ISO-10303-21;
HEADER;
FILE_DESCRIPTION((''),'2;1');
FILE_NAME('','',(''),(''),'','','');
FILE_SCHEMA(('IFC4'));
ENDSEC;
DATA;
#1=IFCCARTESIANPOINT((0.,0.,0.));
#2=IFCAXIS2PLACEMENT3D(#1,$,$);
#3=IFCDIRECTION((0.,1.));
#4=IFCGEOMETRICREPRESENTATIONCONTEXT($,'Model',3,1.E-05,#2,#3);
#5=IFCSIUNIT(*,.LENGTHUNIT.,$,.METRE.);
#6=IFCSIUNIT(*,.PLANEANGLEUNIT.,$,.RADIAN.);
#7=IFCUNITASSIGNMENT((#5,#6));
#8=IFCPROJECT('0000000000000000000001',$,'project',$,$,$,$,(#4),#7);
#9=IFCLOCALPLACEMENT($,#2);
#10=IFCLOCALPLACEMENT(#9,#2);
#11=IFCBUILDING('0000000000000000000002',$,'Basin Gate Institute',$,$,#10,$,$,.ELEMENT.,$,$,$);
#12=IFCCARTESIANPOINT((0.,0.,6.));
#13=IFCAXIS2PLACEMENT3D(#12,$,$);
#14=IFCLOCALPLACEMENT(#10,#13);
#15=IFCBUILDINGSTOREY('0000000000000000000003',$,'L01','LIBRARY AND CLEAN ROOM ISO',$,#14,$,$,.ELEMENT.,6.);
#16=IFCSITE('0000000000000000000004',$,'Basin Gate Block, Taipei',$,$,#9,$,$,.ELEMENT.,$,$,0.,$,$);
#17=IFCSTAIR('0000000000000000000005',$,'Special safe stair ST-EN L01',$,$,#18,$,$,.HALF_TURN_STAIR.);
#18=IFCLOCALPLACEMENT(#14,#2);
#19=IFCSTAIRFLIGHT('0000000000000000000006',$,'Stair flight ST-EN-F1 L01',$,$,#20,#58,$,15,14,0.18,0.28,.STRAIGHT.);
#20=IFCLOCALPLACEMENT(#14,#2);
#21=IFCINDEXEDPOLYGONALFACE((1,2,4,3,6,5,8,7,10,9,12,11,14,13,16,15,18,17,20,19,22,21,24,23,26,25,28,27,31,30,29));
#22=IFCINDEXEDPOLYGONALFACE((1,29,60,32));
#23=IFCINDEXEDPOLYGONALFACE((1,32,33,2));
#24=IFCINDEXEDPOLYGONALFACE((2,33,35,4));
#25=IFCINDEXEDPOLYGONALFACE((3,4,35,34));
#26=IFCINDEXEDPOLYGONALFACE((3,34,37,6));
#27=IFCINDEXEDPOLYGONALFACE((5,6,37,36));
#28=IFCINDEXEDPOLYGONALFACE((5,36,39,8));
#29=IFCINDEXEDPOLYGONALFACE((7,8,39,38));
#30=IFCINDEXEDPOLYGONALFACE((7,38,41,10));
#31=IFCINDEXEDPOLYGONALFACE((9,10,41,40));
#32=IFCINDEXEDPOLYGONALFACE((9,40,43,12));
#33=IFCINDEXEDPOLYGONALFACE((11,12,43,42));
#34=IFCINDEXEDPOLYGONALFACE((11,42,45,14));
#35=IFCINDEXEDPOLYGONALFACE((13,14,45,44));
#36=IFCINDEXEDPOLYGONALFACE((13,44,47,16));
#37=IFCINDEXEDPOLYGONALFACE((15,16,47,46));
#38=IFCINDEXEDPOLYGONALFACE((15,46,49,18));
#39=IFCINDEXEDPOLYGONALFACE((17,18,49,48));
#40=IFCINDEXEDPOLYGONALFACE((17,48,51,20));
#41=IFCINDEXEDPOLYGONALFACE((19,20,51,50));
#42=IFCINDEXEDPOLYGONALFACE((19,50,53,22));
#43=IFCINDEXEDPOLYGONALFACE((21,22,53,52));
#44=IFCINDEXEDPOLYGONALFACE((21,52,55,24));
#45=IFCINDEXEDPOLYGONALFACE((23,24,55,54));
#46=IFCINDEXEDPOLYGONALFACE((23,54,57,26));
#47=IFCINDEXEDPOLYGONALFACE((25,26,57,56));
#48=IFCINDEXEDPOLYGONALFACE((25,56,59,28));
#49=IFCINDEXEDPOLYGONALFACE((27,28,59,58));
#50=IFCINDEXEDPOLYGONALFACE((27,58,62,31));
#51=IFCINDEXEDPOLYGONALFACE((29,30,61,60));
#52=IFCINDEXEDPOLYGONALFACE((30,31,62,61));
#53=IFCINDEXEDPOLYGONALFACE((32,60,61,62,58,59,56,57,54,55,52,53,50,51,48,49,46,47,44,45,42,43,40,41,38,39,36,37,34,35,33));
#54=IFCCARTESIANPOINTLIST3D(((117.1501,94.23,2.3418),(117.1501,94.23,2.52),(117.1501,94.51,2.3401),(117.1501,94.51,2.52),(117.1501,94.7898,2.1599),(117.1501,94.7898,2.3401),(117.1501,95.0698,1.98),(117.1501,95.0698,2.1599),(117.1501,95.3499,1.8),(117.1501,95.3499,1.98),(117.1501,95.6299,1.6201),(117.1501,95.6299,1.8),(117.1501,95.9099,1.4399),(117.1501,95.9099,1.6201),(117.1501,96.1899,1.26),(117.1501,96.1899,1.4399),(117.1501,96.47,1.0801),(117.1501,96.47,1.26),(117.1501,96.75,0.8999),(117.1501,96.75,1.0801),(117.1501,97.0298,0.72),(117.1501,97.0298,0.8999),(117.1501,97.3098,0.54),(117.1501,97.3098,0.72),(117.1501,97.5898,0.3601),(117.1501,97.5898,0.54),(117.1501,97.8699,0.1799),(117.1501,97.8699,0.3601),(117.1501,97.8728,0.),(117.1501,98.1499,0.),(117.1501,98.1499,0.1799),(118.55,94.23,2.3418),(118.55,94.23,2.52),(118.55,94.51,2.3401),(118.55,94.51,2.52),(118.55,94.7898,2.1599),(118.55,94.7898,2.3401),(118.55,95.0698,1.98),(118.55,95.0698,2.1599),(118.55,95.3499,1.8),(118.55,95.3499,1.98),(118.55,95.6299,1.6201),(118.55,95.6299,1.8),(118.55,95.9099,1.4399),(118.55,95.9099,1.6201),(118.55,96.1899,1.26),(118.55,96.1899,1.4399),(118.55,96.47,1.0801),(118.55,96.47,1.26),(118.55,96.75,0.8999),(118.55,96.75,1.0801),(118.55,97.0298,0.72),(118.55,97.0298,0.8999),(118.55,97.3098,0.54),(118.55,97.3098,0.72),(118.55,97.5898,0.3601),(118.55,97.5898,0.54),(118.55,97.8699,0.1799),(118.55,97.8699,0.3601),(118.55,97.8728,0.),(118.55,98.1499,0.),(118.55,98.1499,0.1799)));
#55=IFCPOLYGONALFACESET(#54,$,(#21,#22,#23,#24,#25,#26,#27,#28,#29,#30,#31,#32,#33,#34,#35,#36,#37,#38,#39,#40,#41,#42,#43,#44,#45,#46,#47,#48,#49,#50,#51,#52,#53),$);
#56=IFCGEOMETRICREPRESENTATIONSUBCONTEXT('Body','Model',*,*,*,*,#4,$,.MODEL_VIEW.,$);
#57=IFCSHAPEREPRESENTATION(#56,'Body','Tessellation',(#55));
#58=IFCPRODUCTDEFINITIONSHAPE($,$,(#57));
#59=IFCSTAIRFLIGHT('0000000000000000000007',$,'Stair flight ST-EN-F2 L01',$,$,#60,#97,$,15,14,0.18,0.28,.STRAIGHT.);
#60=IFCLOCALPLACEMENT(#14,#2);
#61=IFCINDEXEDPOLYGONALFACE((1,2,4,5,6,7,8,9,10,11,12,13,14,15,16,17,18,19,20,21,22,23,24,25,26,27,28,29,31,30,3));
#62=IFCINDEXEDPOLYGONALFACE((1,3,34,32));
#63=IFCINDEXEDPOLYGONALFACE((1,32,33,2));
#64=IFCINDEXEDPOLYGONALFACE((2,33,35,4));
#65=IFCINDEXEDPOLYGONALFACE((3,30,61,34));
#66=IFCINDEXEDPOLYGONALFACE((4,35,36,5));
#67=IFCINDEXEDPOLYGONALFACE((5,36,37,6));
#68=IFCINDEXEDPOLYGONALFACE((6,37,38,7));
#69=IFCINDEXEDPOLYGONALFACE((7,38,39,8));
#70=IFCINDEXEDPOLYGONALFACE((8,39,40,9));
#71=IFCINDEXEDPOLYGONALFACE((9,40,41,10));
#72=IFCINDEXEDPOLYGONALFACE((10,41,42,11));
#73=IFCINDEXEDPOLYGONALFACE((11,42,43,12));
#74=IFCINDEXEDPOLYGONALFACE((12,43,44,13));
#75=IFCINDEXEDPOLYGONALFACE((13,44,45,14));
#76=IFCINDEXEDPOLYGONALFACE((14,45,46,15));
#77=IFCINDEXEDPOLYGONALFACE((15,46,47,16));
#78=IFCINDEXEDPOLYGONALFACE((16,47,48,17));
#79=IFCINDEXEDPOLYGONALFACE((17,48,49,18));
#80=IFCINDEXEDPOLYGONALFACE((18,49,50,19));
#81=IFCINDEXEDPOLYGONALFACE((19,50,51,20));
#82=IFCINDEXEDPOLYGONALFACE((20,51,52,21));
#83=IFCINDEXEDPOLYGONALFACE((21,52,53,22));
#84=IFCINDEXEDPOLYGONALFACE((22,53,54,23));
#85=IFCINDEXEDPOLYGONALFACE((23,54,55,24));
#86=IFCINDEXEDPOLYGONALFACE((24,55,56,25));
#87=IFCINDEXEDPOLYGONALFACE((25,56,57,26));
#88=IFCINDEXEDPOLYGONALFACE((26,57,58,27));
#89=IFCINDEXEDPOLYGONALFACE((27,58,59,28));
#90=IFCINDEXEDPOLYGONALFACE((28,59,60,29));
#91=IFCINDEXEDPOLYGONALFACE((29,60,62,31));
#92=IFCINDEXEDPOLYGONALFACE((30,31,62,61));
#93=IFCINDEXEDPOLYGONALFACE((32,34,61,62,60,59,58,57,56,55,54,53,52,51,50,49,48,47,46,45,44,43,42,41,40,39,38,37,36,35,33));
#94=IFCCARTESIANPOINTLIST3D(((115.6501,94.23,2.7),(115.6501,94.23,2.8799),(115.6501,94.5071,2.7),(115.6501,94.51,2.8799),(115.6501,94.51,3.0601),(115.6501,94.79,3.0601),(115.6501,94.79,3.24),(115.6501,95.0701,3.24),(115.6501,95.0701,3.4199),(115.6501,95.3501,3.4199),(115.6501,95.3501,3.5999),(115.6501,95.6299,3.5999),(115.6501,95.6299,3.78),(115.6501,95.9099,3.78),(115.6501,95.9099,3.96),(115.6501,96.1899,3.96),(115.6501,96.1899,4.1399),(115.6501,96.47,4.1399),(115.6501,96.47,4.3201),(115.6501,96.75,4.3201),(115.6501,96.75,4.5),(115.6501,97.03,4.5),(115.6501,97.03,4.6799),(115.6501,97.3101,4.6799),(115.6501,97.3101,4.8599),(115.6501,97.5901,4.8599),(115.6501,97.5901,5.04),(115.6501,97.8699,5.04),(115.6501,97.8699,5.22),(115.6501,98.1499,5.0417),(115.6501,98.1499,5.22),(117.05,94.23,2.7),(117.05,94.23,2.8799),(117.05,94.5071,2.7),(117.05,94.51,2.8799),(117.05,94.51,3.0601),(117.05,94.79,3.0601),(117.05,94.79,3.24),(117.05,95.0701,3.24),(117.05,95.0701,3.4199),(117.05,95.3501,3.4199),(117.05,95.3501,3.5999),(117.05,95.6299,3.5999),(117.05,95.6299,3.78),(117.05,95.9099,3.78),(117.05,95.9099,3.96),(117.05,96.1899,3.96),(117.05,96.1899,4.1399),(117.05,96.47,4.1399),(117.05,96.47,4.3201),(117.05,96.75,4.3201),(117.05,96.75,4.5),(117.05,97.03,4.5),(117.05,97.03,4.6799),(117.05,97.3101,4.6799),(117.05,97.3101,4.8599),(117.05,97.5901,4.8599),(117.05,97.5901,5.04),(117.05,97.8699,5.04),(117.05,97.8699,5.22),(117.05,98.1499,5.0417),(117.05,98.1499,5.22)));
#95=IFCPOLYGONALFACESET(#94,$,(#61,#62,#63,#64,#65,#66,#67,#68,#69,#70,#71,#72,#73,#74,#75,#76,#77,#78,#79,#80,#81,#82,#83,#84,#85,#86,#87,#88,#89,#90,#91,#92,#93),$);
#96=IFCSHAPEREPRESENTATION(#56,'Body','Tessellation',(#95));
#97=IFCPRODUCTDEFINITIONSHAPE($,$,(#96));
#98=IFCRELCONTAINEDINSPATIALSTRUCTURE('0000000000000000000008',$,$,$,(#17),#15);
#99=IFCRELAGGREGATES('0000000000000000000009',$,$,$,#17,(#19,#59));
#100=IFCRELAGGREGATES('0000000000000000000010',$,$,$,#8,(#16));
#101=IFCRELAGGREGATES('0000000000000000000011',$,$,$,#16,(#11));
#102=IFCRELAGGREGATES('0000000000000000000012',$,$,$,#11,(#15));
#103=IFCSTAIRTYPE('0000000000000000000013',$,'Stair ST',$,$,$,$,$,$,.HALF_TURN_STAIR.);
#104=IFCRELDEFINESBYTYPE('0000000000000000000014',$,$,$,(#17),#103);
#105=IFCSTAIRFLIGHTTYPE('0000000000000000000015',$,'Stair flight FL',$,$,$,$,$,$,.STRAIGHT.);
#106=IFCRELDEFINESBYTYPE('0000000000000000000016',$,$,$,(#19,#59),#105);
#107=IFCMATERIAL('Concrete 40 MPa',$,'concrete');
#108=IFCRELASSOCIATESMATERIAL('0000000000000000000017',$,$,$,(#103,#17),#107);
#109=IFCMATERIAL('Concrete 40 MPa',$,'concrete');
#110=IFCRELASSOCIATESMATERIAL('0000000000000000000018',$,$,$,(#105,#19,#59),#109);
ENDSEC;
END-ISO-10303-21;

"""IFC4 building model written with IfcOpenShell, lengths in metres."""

from ifc_helpers import new_model, si_unit, direction, frame, origin, place, context, subcontext, project, spatial, polyline, outline, extrude, material, type_object, element, aggregate, save


model = new_model("IFC4")

# Units and contexts
model_context = context("Model", 3, precision=1e-05, world=origin(), true_north=direction((0.0, 1.0)))
body_context = subcontext(model_context, "Body", "Model", "MODEL_VIEW")
ifc_project = project(units=[si_unit("LENGTHUNIT", "METRE"), si_unit("PLANEANGLEUNIT", "RADIAN")], contexts=[model_context])

# Site, building, storey
site_placement = place(None, origin())
site = spatial("IfcSite", under=ifc_project, at=site_placement, Name="Basin Gate Block, Taipei", CompositionType="ELEMENT", RefElevation=0.0)
building_placement = place(site_placement, origin())
building = spatial("IfcBuilding", under=site, at=building_placement, Name="Basin Gate Institute", CompositionType="ELEMENT")
storey_placement = place(building_placement, frame((0.0, 0.0, 6.0)))
storey = spatial("IfcBuildingStorey", under=building, at=storey_placement, Name="L01", Description="LIBRARY AND CLEAN ROOM ISO", CompositionType="ELEMENT", Elevation=6.0)

# Stair, stair flights
ifc_material_1 = material(Name="Concrete 40 MPa", Category="concrete")
stair_type = type_object("IfcStairType", Name="Stair ST", PredefinedType="HALF_TURN_STAIR", material=ifc_material_1)
stair_placement = place(storey_placement, origin())
stair = element("IfcStair", 1, at=stair_placement, inside=storey, type_object=stair_type, material=ifc_material_1, Name="Special safe stair ST-EN L01", PredefinedType="HALF_TURN_STAIR")
ifc_material_2 = material(Name="Concrete 40 MPa", Category="concrete")
stair_flight_type = type_object("IfcStairFlightType", Name="Stair flight FL", PredefinedType="STRAIGHT", material=ifc_material_2)
stair_flight_1_placement = place(storey_placement, frame((117.8501, 98.1499, 0.0), z_axis=(0.0, 0.0, 1.0), x_axis=(0.0, -1.0, 0.0)))
stair_flight_1 = element("IfcStairFlight", 2, at=stair_flight_1_placement, type_object=stair_flight_type, material=ifc_material_2, Name="Stair flight ST-EN-F1 L01", NumberOfRisers=15, NumberOfTreads=14, PredefinedType="STRAIGHT", RiserHeight=0.18, TreadLength=0.28, context=body_context, shape_type="SweptSolid", body=[
    extrude(outline(polyline([(0.0, 0.0), (0.0, 0.1799), (0.28, 0.1799), (0.28, 0.3601), (0.5601, 0.3601), (0.5601, 0.54), (0.8401, 0.54), (0.8401, 0.72), (1.1201, 0.72), (1.1201, 0.8999), (1.3999, 0.8999), (1.3999, 1.0801), (1.6799, 1.0801), (1.6799, 1.26), (1.96, 1.26), (1.96, 1.4399), (2.24, 1.4399), (2.24, 1.6201), (2.52, 1.6201), (2.52, 1.8), (2.8, 1.8), (2.8, 1.98), (3.0801, 1.98), (3.0801, 2.1599), (3.3601, 2.1599), (3.3601, 2.3401), (3.6399, 2.3401), (3.6399, 2.52), (3.9199, 2.52), (3.9199, 2.7), (3.9199, 2.3418), (0.2771, 0.0), (0.0, 0.0)])), frame((0.0, 0.7, 0.0), z_axis=(0.0, -1.0, 0.0), x_axis=(1.0, 0.0, 0.0)), (0.0, 0.0, 1.0), 1.3999),
])
stair_flight_2_placement = place(storey_placement, frame((116.3501, 94.23, 2.7), z_axis=(0.0, 0.0, 1.0), x_axis=(0.0, 1.0, 0.0)))
stair_flight_2 = element("IfcStairFlight", 3, at=stair_flight_2_placement, type_object=stair_flight_type, material=ifc_material_2, Name="Stair flight ST-EN-F2 L01", NumberOfRisers=15, NumberOfTreads=14, PredefinedType="STRAIGHT", RiserHeight=0.18, TreadLength=0.28, context=body_context, shape_type="SweptSolid", body=[
    extrude(outline(polyline([(0.0, 0.0), (0.0, 0.1799), (0.28, 0.1799), (0.28, 0.3601), (0.5601, 0.3601), (0.5601, 0.54), (0.8401, 0.54), (0.8401, 0.72), (1.1201, 0.72), (1.1201, 0.8999), (1.3999, 0.8999), (1.3999, 1.0801), (1.6799, 1.0801), (1.6799, 1.26), (1.96, 1.26), (1.96, 1.4399), (2.24, 1.4399), (2.24, 1.6201), (2.52, 1.6201), (2.52, 1.8), (2.8, 1.8), (2.8, 1.98), (3.0801, 1.98), (3.0801, 2.1599), (3.3601, 2.1599), (3.3601, 2.3401), (3.6399, 2.3401), (3.6399, 2.52), (3.9199, 2.52), (3.9199, 2.7), (3.9199, 2.3418), (0.2771, 0.0), (0.0, 0.0)])), frame((0.0, 0.7, 0.0), z_axis=(0.0, -1.0, 0.0), x_axis=(1.0, 0.0, 0.0)), (0.0, 0.0, 1.0), 1.3999),
])
aggregate(stair, [stair_flight_1, stair_flight_2])

save(model, "model.ifc")
